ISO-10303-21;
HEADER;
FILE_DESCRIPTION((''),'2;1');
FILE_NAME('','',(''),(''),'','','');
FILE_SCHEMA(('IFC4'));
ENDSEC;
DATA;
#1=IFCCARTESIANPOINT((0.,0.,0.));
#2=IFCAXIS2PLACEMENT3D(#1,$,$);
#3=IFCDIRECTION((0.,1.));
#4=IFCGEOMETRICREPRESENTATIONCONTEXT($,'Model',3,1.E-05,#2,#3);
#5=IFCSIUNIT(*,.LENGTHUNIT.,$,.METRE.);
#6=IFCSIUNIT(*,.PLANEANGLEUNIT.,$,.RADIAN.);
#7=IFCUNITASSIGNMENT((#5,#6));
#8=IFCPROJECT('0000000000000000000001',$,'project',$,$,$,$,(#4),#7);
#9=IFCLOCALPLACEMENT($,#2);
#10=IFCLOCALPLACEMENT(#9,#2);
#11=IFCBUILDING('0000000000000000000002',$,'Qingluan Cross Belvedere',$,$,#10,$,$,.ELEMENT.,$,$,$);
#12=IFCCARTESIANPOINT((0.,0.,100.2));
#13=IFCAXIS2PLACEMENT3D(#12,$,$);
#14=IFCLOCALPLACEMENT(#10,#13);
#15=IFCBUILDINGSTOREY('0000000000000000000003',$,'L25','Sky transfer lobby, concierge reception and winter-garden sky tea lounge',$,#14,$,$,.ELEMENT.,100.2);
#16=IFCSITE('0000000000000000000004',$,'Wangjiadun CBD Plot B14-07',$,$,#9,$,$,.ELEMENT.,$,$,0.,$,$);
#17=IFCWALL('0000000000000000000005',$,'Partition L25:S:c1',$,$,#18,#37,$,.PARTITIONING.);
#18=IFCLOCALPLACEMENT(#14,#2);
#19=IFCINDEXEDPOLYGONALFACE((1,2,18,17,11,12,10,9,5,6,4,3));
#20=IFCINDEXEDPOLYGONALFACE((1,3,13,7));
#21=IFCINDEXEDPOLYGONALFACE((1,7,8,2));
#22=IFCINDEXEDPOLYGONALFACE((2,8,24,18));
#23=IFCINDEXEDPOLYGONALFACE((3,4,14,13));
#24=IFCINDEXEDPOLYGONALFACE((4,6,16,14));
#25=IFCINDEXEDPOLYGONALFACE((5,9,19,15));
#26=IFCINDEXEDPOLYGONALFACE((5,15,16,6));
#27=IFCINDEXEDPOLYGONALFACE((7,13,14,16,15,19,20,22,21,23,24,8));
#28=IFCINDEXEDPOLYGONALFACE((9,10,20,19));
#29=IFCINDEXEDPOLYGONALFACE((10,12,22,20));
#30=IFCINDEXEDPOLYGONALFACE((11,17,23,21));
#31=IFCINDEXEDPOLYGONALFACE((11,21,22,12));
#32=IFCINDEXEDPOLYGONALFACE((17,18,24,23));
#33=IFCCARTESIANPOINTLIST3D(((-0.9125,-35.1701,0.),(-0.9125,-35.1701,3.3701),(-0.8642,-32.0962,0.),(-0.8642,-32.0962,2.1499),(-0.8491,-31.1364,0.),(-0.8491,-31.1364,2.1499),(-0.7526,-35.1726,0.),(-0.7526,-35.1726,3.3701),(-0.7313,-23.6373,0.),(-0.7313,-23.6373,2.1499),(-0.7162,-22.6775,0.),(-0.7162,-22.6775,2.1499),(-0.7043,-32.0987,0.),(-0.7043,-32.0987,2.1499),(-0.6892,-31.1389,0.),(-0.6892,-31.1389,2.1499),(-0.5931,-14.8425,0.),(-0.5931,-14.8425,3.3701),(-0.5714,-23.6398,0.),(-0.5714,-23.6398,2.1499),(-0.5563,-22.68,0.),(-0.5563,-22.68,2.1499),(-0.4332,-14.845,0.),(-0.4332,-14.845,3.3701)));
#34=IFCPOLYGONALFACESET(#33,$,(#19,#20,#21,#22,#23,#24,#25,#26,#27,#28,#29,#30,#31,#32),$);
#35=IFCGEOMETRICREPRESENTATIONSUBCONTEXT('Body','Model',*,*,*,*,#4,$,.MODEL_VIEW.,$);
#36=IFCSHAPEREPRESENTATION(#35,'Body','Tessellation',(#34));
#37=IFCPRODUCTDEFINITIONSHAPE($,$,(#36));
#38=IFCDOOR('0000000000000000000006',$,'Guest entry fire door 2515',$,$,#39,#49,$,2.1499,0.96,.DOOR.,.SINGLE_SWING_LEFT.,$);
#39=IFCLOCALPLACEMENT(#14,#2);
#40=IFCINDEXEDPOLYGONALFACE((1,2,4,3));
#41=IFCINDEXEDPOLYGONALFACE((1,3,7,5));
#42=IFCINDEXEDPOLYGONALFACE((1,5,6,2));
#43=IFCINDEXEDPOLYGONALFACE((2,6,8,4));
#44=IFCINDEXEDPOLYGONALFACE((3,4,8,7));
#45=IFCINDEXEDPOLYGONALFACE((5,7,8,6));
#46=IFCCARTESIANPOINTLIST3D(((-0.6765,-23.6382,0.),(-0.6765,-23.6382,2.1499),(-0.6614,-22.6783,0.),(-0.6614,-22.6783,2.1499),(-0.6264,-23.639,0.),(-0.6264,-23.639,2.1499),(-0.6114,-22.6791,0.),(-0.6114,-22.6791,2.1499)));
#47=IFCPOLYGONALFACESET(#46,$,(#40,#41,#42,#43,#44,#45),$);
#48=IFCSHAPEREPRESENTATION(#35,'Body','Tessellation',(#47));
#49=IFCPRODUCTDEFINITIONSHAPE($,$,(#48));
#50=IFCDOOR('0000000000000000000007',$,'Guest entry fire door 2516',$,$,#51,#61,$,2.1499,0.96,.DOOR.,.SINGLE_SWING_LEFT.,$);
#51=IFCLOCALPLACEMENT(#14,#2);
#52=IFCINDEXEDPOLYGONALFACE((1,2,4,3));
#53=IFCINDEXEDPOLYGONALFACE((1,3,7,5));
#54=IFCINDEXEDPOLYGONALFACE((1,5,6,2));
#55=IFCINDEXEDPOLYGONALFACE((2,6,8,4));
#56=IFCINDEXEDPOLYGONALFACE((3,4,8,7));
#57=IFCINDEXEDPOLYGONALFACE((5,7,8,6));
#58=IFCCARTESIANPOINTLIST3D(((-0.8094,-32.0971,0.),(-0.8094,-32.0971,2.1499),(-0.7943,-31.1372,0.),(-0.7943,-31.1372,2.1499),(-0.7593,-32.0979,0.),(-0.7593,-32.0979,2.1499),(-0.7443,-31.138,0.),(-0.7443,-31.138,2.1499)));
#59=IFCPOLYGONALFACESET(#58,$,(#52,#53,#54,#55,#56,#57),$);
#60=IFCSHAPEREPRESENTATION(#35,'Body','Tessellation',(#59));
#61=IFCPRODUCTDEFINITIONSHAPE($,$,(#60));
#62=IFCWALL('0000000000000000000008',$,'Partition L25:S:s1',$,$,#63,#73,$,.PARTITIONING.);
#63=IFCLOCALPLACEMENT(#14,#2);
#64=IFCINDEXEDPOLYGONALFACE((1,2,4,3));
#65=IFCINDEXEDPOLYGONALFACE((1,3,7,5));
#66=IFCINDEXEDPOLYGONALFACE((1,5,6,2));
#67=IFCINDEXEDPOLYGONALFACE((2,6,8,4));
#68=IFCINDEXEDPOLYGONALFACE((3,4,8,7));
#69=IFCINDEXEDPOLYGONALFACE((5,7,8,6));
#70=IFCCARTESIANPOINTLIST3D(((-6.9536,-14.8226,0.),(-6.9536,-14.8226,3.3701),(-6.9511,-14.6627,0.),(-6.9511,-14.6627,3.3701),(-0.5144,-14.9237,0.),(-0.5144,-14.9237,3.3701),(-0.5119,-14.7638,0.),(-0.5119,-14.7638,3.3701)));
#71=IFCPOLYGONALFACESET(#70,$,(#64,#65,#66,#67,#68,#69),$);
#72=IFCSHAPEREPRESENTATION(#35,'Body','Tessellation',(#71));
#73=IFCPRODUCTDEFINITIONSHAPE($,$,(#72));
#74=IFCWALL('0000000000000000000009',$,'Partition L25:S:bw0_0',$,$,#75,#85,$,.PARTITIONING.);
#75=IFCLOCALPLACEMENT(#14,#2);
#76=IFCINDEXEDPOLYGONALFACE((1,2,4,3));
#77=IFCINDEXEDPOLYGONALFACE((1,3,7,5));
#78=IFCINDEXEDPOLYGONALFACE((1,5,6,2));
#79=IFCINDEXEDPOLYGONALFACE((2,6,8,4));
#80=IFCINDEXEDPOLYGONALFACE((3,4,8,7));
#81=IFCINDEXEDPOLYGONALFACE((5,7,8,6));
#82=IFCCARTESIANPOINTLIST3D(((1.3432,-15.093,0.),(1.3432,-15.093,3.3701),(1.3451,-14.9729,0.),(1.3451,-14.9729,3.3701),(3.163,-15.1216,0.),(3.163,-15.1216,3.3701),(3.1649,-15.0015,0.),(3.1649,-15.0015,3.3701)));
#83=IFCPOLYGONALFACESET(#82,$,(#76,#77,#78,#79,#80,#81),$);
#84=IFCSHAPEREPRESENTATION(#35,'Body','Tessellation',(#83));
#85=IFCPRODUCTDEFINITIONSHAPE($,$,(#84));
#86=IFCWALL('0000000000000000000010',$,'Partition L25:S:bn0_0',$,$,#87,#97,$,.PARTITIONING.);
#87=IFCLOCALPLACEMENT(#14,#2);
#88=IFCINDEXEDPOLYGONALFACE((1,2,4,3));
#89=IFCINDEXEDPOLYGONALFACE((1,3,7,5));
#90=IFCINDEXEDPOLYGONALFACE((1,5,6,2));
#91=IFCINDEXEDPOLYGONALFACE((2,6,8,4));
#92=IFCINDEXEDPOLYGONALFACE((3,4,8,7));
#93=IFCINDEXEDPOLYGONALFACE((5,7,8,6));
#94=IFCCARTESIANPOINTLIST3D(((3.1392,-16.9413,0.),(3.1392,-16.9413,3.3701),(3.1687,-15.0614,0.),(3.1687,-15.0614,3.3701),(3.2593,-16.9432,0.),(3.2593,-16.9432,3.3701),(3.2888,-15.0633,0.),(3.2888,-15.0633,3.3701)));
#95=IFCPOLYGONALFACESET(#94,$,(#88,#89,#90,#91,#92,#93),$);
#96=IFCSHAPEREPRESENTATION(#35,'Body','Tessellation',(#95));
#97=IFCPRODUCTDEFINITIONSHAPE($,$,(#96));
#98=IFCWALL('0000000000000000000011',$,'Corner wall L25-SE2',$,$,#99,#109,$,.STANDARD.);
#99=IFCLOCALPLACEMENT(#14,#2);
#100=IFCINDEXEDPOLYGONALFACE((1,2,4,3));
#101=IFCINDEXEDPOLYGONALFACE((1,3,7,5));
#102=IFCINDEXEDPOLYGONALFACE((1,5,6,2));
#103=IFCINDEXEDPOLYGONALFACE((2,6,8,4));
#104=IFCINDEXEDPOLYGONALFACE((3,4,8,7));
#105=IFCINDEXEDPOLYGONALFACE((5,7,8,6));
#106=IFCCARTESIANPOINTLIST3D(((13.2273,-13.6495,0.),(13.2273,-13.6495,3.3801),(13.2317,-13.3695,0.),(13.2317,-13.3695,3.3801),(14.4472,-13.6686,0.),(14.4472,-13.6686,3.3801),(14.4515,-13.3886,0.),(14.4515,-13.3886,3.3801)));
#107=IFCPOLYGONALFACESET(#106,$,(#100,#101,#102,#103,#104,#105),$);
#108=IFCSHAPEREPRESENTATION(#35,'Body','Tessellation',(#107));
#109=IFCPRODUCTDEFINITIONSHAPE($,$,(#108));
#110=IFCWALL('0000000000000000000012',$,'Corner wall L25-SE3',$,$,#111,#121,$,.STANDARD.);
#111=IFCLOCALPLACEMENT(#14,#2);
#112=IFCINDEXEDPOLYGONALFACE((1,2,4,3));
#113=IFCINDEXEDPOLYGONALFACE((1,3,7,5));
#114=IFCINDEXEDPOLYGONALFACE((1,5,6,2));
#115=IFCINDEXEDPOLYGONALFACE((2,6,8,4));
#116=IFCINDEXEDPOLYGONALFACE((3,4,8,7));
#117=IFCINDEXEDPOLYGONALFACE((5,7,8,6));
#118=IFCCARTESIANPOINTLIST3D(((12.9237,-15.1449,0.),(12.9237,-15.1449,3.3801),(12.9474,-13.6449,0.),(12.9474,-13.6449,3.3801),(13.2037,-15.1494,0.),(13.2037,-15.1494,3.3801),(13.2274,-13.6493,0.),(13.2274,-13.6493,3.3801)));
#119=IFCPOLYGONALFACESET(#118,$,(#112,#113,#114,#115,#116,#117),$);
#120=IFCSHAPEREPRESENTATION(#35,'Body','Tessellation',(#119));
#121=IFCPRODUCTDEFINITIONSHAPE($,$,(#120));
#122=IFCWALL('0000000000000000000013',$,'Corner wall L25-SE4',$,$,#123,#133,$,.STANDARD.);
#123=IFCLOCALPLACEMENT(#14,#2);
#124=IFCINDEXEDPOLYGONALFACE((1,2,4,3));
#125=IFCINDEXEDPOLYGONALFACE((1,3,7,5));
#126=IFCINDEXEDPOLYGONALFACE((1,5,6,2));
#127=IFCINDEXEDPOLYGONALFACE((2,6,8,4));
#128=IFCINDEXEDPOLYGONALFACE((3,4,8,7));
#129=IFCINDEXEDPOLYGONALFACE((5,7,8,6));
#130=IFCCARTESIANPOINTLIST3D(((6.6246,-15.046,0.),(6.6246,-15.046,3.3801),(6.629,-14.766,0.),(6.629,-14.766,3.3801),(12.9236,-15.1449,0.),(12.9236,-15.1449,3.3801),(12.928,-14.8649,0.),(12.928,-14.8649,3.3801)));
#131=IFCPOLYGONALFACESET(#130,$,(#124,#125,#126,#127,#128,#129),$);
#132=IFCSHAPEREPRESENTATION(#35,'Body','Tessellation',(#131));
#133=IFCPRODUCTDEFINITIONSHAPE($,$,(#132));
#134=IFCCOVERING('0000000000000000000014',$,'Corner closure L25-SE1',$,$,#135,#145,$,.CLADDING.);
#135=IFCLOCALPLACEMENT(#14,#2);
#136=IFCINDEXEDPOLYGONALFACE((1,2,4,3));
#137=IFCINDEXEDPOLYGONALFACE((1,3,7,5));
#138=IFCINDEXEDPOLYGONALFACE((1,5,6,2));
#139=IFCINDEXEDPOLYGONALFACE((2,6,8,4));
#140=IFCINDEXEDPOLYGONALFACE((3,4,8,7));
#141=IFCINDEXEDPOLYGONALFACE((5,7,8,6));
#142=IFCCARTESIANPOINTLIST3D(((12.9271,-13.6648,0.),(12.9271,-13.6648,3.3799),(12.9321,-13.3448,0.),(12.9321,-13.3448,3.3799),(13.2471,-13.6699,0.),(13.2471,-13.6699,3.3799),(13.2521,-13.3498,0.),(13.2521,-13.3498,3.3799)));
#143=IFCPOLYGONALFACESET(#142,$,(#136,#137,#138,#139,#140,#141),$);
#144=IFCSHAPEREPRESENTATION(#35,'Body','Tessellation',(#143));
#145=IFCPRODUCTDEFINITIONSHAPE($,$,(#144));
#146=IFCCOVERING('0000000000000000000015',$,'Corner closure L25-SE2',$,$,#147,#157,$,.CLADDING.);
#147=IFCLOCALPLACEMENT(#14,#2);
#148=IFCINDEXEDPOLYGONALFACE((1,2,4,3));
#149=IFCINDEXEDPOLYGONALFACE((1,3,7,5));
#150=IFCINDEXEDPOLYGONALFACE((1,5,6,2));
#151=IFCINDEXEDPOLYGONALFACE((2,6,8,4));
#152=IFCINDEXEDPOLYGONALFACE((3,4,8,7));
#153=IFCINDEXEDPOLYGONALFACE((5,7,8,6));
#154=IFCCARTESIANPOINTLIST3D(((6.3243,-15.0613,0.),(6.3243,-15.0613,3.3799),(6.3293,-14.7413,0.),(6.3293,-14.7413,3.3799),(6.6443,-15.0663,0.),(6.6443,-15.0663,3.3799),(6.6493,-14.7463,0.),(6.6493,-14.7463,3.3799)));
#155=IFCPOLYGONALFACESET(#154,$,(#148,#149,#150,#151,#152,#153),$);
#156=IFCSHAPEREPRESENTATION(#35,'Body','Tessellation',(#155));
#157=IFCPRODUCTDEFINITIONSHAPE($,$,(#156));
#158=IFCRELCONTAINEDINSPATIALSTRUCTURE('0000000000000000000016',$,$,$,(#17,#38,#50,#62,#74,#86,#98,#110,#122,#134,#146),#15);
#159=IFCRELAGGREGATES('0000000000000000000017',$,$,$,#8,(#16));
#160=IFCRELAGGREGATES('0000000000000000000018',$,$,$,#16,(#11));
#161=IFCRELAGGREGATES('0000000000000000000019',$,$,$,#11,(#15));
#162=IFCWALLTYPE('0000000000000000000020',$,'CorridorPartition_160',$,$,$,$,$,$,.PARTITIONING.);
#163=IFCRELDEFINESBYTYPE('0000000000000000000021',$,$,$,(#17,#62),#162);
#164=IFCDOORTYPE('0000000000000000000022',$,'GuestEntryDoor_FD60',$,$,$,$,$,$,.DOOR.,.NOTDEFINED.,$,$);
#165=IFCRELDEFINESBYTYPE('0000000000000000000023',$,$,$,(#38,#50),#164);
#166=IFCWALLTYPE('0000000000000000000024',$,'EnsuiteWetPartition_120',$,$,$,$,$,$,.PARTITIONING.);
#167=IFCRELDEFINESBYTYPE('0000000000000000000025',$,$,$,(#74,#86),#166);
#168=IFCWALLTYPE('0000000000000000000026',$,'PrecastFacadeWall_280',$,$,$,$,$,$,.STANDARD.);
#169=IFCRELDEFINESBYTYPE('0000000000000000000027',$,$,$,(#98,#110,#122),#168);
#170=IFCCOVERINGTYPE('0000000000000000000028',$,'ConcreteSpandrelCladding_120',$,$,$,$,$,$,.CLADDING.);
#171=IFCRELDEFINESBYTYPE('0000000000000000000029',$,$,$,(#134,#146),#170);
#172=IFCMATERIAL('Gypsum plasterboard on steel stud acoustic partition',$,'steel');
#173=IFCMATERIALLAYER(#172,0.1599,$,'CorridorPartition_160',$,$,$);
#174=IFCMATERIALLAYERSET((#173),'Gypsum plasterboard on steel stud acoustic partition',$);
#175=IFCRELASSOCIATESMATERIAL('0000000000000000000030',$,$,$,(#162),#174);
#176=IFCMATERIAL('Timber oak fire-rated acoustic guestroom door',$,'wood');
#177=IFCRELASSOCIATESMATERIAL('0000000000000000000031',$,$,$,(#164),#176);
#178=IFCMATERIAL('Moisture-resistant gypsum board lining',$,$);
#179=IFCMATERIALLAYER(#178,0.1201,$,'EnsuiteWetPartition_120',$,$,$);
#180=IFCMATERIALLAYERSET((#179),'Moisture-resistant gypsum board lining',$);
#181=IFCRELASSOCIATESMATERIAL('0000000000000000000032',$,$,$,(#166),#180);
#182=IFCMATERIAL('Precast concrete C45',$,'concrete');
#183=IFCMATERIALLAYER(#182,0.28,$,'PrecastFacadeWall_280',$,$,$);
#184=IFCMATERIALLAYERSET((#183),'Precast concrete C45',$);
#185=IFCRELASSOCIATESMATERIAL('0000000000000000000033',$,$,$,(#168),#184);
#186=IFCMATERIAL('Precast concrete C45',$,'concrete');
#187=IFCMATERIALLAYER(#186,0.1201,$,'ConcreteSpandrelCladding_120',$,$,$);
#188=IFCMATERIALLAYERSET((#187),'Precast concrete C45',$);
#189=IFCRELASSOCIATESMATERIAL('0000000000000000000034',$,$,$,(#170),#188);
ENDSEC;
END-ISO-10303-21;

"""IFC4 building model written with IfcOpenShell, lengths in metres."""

from ifc_helpers import new_model, si_unit, direction, frame, frame_2d, origin, origin_2d, place, context, subcontext, project, spatial, rectangle, extrude, material, layer, layer_set, type_object, element, fill, save


model = new_model("IFC4")

# Units and contexts
model_context = context("Model", 3, precision=1e-05, world=origin(), true_north=direction((0.0, 1.0)))
body_context = subcontext(model_context, "Body", "Model", "MODEL_VIEW")
ifc_project = project(units=[si_unit("LENGTHUNIT", "METRE"), si_unit("PLANEANGLEUNIT", "RADIAN")], contexts=[model_context])

# Site, building, storey
site_placement = place(None, origin())
site = spatial("IfcSite", under=ifc_project, at=site_placement, Name="Wangjiadun CBD Plot B14-07", CompositionType="ELEMENT", RefElevation=0.0)
building_placement = place(site_placement, origin())
building = spatial("IfcBuilding", under=site, at=building_placement, Name="Qingluan Cross Belvedere", CompositionType="ELEMENT")
storey_placement = place(building_placement, frame((0.0, 0.0, 100.2)))
storey = spatial("IfcBuildingStorey", under=building, at=storey_placement, Name="L25", Description="Sky transfer lobby, concierge reception and winter-garden sky tea lounge", CompositionType="ELEMENT", Elevation=100.2)

# Shared definitions
ifc_material_1 = material(Name="Gypsum plasterboard on steel stud acoustic partition", Category="steel")
ifc_layer_1 = layer(ifc_material_1, 0.1599, Name="CorridorPartition_160")
ifc_layer_set_1 = layer_set([ifc_layer_1], Name="Gypsum plasterboard on steel stud acoustic partition")
wall_type_1 = type_object("IfcWallType", Name="CorridorPartition_160", PredefinedType="PARTITIONING", material=ifc_layer_set_1)
ifc_material_2 = material(Name="Timber oak fire-rated acoustic guestroom door", Category="wood")
door_type_1 = type_object("IfcDoorType", Name="GuestEntryDoor_FD60", OperationType="NOTDEFINED", PredefinedType="DOOR", material=ifc_material_2)

# Wall, openings, doors
wall_1_placement = place(storey_placement, frame((-0.5132, -14.8438, 0.0), z_axis=(0.0, 0.0, 1.0), x_axis=(-0.015708, -0.999877, 0.0)))
wall_1 = element("IfcWall", 1, at=wall_1_placement, inside=storey, type_object=wall_type_1, Name="Partition L25:S:c1", PredefinedType="PARTITIONING", context=body_context, shape_type="SweptSolid", body=[
    extrude(rectangle(XDim=20.3301, YDim=0.1599, at=frame_2d((10.165, 0.0))), origin(), (0.0, 0.0, 1.0), 3.3701),
])
opening_1_placement = place(wall_1_placement, frame((7.8359, 0.0, 0.0)))
opening_1 = element("IfcOpeningElement", 2, at=opening_1_placement, cuts=wall_1, PredefinedType="OPENING", context=body_context, shape_type="SweptSolid", body=[
    extrude(rectangle(XDim=0.96, YDim=2.1499, at=frame_2d((0.48, 1.075))), frame((0.0, 0.0898, 0.0), z_axis=(0.0, -1.0, 0.0), x_axis=(1.0, 0.0, 0.0)), (0.0, 0.0, 1.0), 0.1799),
])
opening_2_placement = place(wall_1_placement, frame((16.2959, 0.0, 0.0)))
opening_2 = element("IfcOpeningElement", 3, at=opening_2_placement, cuts=wall_1, PredefinedType="OPENING", context=body_context, shape_type="SweptSolid", body=[
    extrude(rectangle(XDim=0.96, YDim=2.1499, at=frame_2d((0.48, 1.075))), frame((0.0, 0.0898, 0.0), z_axis=(0.0, -1.0, 0.0), x_axis=(1.0, 0.0, 0.0)), (0.0, 0.0, 1.0), 0.1799),
])
door_1_placement = place(opening_1_placement, origin())
door_1 = element("IfcDoor", 4, at=door_1_placement, inside=storey, type_object=door_type_1, Name="Guest entry fire door 2515", OperationType="SINGLE_SWING_LEFT", OverallHeight=2.1499, OverallWidth=0.96, PredefinedType="DOOR", context=body_context, shape_type="SweptSolid", body=[
    extrude(rectangle(XDim=0.96, YDim=2.1499, at=frame_2d((0.48, 1.075))), frame((0.0, 0.0249, 0.0), z_axis=(0.0, -1.0, 0.0), x_axis=(1.0, 0.0, 0.0)), (0.0, 0.0, 1.0), 0.05),
])
fill(opening_1, door_1)
door_2_placement = place(opening_2_placement, origin())
door_2 = element("IfcDoor", 5, at=door_2_placement, inside=storey, type_object=door_type_1, Name="Guest entry fire door 2516", OperationType="SINGLE_SWING_LEFT", OverallHeight=2.1499, OverallWidth=0.96, PredefinedType="DOOR", context=body_context, shape_type="SweptSolid", body=[
    extrude(rectangle(XDim=0.96, YDim=2.1499, at=frame_2d((0.48, 1.075))), frame((0.0, 0.0249, 0.0), z_axis=(0.0, -1.0, 0.0), x_axis=(1.0, 0.0, 0.0)), (0.0, 0.0, 1.0), 0.05),
])
fill(opening_2, door_2)

# Walls
wall_2_placement = place(storey_placement, frame((-0.5132, -14.8438, 0.0), z_axis=(0.0, 0.0, 1.0), x_axis=(-0.999877, 0.015695, 0.0)))
element("IfcWall", 6, at=wall_2_placement, inside=storey, type_object=wall_type_1, Name="Partition L25:S:s1", PredefinedType="PARTITIONING", context=body_context, shape_type="SweptSolid", body=[
    extrude(rectangle(XDim=6.4399, YDim=0.1599, at=frame_2d((3.22, 0.0))), origin(), (0.0, 0.0, 1.0), 3.3701),
])
ifc_material_3 = material(Name="Moisture-resistant gypsum board lining")
ifc_layer_2 = layer(ifc_material_3, 0.1201, Name="EnsuiteWetPartition_120")
ifc_layer_set_2 = layer_set([ifc_layer_2], Name="Moisture-resistant gypsum board lining")
wall_type_2 = type_object("IfcWallType", Name="EnsuiteWetPartition_120", PredefinedType="PARTITIONING", material=ifc_layer_set_2)
wall_3_placement = place(storey_placement, frame((1.344, -15.033, 0.0), z_axis=(0.0, 0.0, 1.0), x_axis=(0.999877, -0.015694, 0.0)))
element("IfcWall", 7, at=wall_3_placement, inside=storey, type_object=wall_type_2, Name="Partition L25:S:bw0_0", PredefinedType="PARTITIONING", context=body_context, shape_type="SweptSolid", body=[
    extrude(rectangle(XDim=1.8201, YDim=0.1201, at=frame_2d((0.9102, 0.0))), origin(), (0.0, 0.0, 1.0), 3.3701),
])
wall_4_placement = place(storey_placement, frame((3.2288, -15.0625, 0.0), z_axis=(0.0, 0.0, 1.0), x_axis=(-0.015712, -0.999877, 0.0)))
element("IfcWall", 8, at=wall_4_placement, inside=storey, type_object=wall_type_2, Name="Partition L25:S:bn0_0", PredefinedType="PARTITIONING", context=body_context, shape_type="SweptSolid", body=[
    extrude(rectangle(XDim=1.8801, YDim=0.1201, at=frame_2d((0.9399, 0.0))), origin(), (0.0, 0.0, 1.0), 3.3701),
])
ifc_material_4 = material(Name="Precast concrete C45", Category="concrete")
ifc_layer_3 = layer(ifc_material_4, 0.28, Name="PrecastFacadeWall_280")
ifc_layer_set_3 = layer_set([ifc_layer_3], Name="Precast concrete C45")
wall_type_3 = type_object("IfcWallType", Name="PrecastFacadeWall_280", PredefinedType="STANDARD", material=ifc_layer_set_3)
wall_5_placement = place(storey_placement, frame((14.4492, -13.5286, 0.0), z_axis=(0.0, 0.0, 1.0), x_axis=(-0.999878, 0.015611, 0.0)))
element("IfcWall", 9, at=wall_5_placement, inside=storey, type_object=wall_type_3, Name="Corner wall L25-SE2", PredefinedType="STANDARD", context=body_context, shape_type="SweptSolid", body=[
    extrude(rectangle(XDim=1.22, YDim=0.28, at=frame_2d((0.6099, 0.0))), origin(), (0.0, 0.0, 1.0), 3.3801),
])
wall_6_placement = place(storey_placement, frame((13.0874, -13.6472, 0.0), z_axis=(0.0, 0.0, 1.0), x_axis=(-0.015786, -0.999875, 0.0)))
element("IfcWall", 10, at=wall_6_placement, inside=storey, type_object=wall_type_3, Name="Corner wall L25-SE3", PredefinedType="STANDARD", context=body_context, shape_type="SweptSolid", body=[
    extrude(rectangle(XDim=1.5002, YDim=0.28, at=frame_2d((0.75, 0.0))), origin(), (0.0, 0.0, 1.0), 3.3801),
])
wall_7_placement = place(storey_placement, frame((12.9258, -15.0049, 0.0), z_axis=(0.0, 0.0, 1.0), x_axis=(-0.999877, 0.015695, 0.0)))
element("IfcWall", 11, at=wall_7_placement, inside=storey, type_object=wall_type_3, Name="Corner wall L25-SE4", PredefinedType="STANDARD", context=body_context, shape_type="SweptSolid", body=[
    extrude(rectangle(XDim=6.2998, YDim=0.28, at=frame_2d((3.1499, 0.0))), origin(), (0.0, 0.0, 1.0), 3.3801),
])

# Coverings
ifc_material_5 = material(Name="Precast concrete C45", Category="concrete")
ifc_layer_4 = layer(ifc_material_5, 0.1201, Name="ConcreteSpandrelCladding_120")
ifc_layer_set_4 = layer_set([ifc_layer_4], Name="Precast concrete C45")
covering_type = type_object("IfcCoveringType", Name="ConcreteSpandrelCladding_120", PredefinedType="CLADDING", material=ifc_layer_set_4)
for number, where, z_axis, x_axis, name in (
    (12, (13.0896, -13.5073, 0.0), (0.0, 0.0, 1.0), (0.999877, -0.015707, 0.0), "Corner closure L25-SE1"),
    (13, (6.4868, -14.9038, 0.0), (0.0, 0.0, 1.0), (0.999877, -0.015707, 0.0), "Corner closure L25-SE2"),
):
    element("IfcCovering", number, at=place(storey_placement, frame(where, z_axis=z_axis, x_axis=x_axis)), inside=storey, type_object=covering_type, Name=name, PredefinedType="CLADDING", context=body_context, shape_type="SweptSolid", body=[
        extrude(rectangle(XDim=0.3201, YDim=0.3201, at=origin_2d()), origin(), (0.0, 0.0, 1.0), 3.3799),
    ])

save(model, "model.ifc")
